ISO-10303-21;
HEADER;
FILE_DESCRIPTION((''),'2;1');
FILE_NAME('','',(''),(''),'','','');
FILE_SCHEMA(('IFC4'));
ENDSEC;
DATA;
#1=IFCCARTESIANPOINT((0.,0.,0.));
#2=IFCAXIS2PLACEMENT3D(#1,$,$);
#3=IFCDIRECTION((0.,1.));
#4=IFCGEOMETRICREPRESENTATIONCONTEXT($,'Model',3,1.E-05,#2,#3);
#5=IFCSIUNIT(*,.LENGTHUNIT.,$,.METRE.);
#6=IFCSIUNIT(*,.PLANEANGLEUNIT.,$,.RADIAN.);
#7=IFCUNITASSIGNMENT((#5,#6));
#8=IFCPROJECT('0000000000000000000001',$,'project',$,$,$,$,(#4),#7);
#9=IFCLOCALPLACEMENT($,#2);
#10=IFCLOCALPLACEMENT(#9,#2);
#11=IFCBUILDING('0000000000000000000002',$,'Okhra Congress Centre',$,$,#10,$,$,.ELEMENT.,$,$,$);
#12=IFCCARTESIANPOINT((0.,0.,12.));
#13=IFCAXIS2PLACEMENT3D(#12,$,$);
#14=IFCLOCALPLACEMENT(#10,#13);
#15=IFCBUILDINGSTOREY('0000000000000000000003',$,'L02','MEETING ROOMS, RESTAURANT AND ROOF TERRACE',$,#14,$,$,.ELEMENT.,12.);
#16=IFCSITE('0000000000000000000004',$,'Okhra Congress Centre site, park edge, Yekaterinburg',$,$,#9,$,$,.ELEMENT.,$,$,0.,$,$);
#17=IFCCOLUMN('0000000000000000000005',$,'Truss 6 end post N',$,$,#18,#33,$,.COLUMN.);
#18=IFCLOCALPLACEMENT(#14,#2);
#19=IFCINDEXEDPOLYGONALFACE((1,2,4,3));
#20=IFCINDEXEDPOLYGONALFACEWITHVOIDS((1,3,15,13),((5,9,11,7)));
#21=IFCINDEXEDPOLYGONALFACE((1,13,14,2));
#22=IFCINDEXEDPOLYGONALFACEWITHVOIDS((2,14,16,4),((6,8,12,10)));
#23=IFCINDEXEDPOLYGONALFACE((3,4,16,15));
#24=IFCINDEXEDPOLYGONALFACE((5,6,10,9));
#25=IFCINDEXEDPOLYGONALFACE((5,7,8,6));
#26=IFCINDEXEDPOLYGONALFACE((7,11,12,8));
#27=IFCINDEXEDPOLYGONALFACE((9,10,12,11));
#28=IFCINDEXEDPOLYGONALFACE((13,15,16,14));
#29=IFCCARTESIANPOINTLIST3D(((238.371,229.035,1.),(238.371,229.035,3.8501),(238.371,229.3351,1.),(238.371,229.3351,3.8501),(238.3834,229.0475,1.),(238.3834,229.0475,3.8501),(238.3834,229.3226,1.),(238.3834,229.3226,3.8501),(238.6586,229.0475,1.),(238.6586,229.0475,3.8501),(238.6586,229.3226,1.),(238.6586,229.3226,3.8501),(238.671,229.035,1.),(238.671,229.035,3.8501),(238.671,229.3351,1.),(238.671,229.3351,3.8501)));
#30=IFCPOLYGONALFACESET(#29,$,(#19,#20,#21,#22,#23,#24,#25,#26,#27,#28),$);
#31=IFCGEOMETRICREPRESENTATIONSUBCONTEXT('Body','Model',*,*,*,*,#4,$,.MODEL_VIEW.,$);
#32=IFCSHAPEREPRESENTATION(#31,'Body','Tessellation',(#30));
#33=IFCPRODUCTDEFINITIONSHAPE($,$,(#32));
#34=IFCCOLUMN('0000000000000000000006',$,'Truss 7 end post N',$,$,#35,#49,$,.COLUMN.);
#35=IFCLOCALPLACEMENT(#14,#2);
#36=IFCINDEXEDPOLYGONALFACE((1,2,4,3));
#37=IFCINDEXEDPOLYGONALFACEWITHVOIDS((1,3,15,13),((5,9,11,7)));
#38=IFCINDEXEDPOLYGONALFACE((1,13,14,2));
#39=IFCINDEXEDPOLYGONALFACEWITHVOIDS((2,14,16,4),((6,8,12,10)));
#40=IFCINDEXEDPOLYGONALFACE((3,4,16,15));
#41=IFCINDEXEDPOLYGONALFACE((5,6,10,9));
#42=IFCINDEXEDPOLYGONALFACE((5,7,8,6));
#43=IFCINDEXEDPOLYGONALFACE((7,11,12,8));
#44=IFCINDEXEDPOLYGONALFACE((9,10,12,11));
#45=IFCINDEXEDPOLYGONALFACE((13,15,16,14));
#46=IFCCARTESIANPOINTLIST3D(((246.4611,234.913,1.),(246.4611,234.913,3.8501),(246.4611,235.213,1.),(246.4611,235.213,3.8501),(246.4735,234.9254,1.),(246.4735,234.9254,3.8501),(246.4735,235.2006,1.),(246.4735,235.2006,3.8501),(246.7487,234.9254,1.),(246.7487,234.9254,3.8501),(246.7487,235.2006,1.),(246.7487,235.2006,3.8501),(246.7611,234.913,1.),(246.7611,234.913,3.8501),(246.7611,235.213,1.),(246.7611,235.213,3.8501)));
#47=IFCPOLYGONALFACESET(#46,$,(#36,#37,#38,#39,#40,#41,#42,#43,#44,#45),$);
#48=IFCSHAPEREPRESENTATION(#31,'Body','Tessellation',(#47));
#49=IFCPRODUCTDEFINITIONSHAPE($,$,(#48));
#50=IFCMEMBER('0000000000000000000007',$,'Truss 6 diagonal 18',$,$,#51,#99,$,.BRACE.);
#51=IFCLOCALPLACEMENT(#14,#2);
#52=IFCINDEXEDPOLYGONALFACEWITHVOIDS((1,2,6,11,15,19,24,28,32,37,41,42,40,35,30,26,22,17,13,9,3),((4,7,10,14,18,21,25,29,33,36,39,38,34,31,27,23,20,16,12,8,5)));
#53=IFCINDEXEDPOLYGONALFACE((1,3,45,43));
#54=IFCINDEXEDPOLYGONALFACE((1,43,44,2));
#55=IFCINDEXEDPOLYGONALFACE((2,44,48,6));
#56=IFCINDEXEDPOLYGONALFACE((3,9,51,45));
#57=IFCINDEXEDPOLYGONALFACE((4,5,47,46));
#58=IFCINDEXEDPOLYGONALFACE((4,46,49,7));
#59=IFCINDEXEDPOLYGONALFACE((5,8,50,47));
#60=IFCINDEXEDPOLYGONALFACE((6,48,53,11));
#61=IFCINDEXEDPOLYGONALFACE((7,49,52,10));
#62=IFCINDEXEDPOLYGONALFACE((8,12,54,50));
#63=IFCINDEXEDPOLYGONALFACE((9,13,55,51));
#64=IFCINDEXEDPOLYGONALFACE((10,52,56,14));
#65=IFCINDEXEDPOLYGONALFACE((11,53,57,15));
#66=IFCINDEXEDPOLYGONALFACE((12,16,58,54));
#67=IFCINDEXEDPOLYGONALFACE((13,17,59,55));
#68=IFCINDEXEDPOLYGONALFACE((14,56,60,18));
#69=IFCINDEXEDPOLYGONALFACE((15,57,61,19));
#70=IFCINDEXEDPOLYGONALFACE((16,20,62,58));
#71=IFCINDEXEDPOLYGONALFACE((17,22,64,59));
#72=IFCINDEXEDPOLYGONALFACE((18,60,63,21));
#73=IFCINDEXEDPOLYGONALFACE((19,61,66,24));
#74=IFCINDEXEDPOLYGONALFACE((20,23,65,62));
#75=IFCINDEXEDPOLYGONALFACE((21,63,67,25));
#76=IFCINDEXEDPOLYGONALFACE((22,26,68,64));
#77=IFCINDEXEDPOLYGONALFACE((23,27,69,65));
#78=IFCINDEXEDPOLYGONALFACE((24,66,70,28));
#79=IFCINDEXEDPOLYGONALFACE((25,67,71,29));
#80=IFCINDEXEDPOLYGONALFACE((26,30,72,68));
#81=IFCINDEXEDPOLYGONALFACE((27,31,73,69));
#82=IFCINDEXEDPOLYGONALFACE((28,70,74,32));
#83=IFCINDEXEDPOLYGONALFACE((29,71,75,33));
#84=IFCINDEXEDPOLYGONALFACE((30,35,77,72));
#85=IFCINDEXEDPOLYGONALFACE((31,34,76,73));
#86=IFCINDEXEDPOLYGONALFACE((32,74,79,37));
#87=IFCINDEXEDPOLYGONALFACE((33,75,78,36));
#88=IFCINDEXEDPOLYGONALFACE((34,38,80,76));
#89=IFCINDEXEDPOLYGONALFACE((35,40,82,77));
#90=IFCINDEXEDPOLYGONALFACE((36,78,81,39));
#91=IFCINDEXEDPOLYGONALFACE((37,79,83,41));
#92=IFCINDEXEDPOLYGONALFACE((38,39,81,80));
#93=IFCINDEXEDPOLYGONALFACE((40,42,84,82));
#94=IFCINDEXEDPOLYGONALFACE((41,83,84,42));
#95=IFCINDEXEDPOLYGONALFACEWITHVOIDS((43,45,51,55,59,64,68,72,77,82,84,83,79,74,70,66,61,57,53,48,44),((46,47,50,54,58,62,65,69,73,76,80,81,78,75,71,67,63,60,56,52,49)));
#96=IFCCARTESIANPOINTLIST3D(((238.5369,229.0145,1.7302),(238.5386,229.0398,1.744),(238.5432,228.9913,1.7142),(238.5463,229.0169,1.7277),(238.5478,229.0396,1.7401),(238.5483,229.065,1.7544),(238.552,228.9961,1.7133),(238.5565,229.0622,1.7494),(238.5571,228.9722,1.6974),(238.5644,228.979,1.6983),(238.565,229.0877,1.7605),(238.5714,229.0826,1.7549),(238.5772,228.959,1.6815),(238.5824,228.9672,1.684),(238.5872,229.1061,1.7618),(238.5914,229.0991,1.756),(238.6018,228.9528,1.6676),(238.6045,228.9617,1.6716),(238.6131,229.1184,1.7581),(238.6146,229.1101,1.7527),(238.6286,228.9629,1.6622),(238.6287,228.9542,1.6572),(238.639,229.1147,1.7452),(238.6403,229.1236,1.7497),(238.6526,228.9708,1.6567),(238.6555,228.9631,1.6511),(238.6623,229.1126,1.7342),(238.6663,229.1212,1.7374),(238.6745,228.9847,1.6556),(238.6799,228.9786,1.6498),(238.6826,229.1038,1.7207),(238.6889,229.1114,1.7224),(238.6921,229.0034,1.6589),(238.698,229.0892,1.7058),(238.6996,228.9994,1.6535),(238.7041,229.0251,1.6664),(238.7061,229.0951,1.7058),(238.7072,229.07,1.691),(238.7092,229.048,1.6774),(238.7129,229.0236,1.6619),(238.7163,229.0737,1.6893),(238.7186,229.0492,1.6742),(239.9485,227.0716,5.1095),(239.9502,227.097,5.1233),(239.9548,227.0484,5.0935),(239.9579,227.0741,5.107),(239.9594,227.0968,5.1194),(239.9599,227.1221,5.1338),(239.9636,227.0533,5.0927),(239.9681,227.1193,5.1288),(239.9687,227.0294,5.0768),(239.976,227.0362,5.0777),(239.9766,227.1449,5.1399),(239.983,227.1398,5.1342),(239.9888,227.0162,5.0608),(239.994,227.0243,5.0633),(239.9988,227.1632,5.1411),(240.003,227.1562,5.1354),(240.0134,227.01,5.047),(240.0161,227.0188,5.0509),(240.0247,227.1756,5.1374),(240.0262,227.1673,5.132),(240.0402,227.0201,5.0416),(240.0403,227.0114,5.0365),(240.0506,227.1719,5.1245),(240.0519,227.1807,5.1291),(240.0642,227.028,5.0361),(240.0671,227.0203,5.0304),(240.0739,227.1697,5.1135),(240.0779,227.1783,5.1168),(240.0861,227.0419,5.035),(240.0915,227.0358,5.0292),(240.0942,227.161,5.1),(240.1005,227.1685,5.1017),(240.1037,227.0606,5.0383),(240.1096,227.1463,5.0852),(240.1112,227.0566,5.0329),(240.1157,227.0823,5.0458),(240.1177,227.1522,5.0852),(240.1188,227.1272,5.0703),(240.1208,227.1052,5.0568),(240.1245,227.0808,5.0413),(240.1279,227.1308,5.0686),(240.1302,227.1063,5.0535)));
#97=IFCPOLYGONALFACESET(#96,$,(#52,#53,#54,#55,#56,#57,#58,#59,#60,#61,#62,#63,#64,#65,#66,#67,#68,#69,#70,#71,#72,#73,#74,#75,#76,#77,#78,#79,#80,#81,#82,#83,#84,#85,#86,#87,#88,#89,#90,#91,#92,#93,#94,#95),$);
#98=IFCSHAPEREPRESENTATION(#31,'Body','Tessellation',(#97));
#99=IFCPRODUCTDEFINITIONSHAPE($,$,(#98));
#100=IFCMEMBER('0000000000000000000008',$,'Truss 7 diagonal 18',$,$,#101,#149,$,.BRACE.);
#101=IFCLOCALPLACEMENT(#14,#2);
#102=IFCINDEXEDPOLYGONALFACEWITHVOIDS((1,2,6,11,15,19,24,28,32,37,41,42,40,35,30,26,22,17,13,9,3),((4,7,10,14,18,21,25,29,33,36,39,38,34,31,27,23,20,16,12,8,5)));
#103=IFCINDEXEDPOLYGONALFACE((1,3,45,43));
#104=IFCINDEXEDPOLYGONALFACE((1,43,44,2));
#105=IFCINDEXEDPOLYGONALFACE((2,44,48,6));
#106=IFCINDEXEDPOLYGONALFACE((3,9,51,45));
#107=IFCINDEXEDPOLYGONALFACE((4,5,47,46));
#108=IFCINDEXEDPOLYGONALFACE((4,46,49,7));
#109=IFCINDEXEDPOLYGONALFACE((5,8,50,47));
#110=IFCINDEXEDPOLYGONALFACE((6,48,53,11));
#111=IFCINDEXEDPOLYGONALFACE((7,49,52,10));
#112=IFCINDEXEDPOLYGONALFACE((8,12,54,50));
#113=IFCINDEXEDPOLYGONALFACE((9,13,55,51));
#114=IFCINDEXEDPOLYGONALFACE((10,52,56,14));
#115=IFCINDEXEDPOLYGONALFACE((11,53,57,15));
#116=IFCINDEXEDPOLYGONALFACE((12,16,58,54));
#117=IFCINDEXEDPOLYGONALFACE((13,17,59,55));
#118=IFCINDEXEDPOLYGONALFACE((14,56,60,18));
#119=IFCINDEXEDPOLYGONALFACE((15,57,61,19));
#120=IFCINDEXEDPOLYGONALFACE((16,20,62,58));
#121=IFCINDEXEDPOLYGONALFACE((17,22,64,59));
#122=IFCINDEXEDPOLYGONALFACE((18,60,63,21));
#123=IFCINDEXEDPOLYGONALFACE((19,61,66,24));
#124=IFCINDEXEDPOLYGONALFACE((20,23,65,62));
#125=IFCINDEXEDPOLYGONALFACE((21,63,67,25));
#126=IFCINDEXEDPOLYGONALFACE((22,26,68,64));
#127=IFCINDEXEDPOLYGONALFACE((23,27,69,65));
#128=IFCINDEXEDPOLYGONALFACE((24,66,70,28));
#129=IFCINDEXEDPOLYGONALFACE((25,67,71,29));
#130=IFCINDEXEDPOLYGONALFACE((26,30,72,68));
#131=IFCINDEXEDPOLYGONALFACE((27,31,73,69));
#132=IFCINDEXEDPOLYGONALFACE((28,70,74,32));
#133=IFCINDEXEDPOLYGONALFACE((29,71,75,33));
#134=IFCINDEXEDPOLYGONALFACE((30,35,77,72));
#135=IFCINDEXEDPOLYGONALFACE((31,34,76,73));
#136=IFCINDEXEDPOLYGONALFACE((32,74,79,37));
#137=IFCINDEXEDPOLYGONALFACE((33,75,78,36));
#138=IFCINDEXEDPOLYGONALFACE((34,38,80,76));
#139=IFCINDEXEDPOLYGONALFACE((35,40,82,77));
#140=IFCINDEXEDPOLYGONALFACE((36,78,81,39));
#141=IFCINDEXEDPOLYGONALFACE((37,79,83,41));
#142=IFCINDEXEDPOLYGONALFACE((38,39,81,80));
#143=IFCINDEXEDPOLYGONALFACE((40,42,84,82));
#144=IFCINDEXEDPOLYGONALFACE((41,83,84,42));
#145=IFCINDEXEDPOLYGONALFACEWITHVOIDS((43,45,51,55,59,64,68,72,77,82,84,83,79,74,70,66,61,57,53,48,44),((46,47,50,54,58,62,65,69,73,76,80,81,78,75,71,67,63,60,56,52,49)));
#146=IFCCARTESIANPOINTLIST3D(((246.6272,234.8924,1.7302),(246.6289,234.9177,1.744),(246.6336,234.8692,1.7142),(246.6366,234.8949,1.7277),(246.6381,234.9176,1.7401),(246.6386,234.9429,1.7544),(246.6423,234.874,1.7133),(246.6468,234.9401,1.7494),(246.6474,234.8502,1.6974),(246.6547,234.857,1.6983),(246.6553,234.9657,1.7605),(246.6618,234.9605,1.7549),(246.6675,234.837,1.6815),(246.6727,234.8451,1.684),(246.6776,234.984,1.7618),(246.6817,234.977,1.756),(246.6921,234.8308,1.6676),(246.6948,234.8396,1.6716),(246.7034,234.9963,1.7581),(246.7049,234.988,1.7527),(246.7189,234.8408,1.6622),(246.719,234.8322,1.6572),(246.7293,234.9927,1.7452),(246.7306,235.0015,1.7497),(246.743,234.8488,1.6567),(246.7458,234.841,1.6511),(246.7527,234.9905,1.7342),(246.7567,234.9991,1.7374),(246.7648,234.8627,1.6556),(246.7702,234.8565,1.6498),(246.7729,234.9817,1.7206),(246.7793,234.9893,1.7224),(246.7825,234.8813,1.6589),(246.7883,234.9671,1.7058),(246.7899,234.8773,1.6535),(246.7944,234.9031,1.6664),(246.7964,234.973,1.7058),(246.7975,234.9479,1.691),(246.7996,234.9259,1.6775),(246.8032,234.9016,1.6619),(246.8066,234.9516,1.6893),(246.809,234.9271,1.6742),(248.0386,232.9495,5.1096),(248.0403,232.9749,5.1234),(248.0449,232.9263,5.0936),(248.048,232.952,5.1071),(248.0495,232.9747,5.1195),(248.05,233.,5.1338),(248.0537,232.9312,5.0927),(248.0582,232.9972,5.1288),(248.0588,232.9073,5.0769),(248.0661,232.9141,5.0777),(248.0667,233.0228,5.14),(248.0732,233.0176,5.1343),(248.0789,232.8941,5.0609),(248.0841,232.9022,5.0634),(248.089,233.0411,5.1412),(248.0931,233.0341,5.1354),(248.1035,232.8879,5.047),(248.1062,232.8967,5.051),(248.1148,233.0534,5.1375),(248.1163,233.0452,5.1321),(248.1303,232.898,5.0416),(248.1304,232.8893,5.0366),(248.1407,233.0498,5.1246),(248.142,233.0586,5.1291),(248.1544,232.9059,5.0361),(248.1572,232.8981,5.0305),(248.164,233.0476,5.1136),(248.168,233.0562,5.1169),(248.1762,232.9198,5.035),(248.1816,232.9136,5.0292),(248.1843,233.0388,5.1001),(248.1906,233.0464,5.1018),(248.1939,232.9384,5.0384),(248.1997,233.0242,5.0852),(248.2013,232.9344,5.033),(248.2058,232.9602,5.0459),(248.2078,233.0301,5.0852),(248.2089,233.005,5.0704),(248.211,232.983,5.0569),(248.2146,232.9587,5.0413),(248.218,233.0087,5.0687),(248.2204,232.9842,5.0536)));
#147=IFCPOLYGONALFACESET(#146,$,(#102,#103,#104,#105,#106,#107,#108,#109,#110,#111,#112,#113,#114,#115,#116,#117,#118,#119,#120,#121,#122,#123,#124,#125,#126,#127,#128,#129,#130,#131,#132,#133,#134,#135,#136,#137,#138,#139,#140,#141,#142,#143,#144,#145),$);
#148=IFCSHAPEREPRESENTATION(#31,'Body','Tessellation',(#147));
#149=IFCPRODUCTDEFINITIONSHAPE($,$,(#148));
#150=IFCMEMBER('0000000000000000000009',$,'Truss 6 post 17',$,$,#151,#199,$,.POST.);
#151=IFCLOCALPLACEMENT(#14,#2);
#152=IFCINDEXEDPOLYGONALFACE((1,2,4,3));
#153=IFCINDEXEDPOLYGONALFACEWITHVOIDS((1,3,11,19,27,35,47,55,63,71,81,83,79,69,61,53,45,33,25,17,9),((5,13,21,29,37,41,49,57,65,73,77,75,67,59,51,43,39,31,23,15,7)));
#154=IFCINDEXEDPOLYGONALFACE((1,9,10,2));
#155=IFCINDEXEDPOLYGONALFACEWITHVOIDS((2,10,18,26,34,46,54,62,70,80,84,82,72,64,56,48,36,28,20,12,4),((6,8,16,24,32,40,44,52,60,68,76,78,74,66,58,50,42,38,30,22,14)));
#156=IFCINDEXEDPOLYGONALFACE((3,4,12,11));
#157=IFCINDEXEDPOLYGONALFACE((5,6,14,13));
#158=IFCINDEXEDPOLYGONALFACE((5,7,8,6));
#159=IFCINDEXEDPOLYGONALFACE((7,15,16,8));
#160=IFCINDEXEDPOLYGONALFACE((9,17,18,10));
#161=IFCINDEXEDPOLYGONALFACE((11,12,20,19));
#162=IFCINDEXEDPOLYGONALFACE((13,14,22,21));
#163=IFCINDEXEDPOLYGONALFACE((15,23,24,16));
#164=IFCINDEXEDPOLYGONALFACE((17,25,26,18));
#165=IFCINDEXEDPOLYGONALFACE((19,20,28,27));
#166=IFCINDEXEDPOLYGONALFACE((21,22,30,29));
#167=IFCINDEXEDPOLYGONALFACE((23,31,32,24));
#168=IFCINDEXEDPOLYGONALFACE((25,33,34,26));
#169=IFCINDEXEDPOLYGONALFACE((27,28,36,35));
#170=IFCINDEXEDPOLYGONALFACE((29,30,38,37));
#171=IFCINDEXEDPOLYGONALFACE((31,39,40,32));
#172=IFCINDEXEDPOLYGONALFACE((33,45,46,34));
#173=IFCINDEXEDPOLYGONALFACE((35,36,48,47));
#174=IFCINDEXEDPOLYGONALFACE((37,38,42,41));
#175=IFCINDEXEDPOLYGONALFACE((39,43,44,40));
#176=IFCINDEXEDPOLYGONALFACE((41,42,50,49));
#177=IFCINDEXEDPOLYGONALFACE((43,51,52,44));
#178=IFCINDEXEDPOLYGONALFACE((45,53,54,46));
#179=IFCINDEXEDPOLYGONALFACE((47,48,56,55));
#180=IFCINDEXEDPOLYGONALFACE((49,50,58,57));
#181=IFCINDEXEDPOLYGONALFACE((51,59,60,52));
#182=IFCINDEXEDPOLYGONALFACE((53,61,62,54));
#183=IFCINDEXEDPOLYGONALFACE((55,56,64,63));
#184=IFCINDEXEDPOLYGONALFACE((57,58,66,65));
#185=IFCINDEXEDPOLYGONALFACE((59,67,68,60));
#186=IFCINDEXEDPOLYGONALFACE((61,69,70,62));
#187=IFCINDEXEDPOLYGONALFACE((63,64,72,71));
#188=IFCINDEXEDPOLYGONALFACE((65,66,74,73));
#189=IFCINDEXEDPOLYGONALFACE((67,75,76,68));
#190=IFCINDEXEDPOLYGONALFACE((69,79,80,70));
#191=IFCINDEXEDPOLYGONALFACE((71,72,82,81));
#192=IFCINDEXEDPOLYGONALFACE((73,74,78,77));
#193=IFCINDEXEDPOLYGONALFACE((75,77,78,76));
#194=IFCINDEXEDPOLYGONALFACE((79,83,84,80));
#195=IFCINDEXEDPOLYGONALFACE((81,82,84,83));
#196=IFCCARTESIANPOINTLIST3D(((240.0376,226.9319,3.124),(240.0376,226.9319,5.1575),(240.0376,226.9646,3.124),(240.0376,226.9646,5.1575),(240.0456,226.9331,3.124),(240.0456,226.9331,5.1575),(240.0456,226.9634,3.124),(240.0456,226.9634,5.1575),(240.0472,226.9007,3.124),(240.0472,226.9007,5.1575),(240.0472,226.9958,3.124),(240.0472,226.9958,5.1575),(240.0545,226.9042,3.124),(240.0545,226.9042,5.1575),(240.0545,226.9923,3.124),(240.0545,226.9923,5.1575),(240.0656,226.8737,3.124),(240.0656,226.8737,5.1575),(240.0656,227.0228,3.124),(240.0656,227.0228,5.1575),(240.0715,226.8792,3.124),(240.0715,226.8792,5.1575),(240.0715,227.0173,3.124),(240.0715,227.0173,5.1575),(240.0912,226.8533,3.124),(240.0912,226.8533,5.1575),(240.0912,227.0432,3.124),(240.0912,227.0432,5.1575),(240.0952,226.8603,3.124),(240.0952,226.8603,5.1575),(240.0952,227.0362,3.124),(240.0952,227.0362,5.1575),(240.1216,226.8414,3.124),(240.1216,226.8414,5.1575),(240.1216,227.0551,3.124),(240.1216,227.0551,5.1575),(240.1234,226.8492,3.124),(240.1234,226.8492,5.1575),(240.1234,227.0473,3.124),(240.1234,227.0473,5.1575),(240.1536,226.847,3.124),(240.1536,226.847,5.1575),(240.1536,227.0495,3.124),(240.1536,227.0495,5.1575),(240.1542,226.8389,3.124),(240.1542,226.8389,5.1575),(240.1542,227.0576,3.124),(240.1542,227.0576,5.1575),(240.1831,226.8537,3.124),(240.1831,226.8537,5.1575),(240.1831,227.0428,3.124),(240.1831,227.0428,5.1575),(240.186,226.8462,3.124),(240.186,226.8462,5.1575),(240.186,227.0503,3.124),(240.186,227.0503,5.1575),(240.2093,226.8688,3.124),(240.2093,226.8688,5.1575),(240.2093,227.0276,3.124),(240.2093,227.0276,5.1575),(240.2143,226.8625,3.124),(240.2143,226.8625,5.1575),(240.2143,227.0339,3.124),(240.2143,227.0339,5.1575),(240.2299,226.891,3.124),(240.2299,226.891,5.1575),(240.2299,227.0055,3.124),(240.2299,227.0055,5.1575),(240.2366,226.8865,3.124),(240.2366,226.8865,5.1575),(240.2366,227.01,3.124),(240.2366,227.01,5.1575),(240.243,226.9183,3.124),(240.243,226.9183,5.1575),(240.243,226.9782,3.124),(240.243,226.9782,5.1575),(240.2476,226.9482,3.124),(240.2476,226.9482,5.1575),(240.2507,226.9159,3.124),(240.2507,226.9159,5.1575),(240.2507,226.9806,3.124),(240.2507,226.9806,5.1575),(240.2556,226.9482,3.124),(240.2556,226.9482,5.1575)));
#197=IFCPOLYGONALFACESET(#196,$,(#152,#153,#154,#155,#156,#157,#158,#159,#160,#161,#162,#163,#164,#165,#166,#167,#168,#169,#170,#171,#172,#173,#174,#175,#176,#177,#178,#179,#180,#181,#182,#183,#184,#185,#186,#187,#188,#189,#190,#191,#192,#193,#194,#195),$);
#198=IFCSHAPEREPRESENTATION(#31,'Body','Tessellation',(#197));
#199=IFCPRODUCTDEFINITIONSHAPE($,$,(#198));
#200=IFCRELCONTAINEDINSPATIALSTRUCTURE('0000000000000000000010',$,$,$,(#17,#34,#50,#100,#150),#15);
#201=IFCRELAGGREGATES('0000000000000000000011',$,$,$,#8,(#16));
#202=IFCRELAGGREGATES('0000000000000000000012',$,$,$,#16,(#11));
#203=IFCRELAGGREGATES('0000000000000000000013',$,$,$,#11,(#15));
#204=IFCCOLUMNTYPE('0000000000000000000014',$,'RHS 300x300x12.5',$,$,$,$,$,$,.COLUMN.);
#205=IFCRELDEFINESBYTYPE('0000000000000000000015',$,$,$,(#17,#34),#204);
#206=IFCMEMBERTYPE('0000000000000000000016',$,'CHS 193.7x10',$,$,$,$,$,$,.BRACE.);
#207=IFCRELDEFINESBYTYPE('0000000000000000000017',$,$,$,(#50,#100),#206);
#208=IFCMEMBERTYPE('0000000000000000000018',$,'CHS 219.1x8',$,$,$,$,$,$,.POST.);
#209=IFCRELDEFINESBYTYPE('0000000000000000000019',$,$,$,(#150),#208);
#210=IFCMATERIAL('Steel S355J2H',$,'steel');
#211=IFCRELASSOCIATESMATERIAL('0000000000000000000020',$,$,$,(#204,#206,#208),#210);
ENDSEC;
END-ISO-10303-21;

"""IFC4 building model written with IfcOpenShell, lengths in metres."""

from ifc_helpers import new_model, si_unit, direction, frame, origin, origin_2d, place, context, subcontext, project, spatial, hollow_rectangle, hollow_circle, extrude, material, material_profile, profile_set, type_object, element, save


model = new_model("IFC4")

# Units and contexts
model_context = context("Model", 3, precision=1e-05, world=origin(), true_north=direction((0.0, 1.0)))
body_context = subcontext(model_context, "Body", "Model", "MODEL_VIEW")
ifc_project = project(units=[si_unit("LENGTHUNIT", "METRE"), si_unit("PLANEANGLEUNIT", "RADIAN")], contexts=[model_context])

# Site, building, storey
site_placement = place(None, origin())
site = spatial("IfcSite", under=ifc_project, at=site_placement, Name="Okhra Congress Centre site, park edge, Yekaterinburg", CompositionType="ELEMENT", RefElevation=0.0)
building_placement = place(site_placement, origin())
building = spatial("IfcBuilding", under=site, at=building_placement, Name="Okhra Congress Centre", CompositionType="ELEMENT")
storey_placement = place(building_placement, frame((0.0, 0.0, 12.0)))
storey = spatial("IfcBuildingStorey", under=building, at=storey_placement, Name="L02", Description="MEETING ROOMS, RESTAURANT AND ROOF TERRACE", CompositionType="ELEMENT", Elevation=12.0)

# Columns
ifc_material_1 = material(Name="Steel S355J2H", Category="steel")
ifc_material_profile_1 = material_profile(ifc_material_1, hollow_rectangle(XDim=0.3, YDim=0.3, WallThickness=0.0125, at=origin_2d()), Name="RHS 300x300x12.5")
ifc_profile_set_1 = profile_set([ifc_material_profile_1], Name="Steel S355J2H")
column_type = type_object("IfcColumnType", Name="RHS 300x300x12.5", PredefinedType="COLUMN", material=ifc_profile_set_1)
for number, where, z_axis, x_axis, name in (
    (1, (238.521, 229.1851, 1.0), (0.0, 0.0, 1.0), (1.0, 0.0, 0.0), "Truss 6 end post N"),
    (2, (246.6111, 235.063, 1.0), (0.0, 0.0, 1.0), (1.0, 0.0, 0.0), "Truss 7 end post N"),
):
    element("IfcColumn", number, at=place(storey_placement, frame(where, z_axis=z_axis, x_axis=x_axis)), inside=storey, type_object=column_type, Name=name, PredefinedType="COLUMN", context=body_context, shape_type="SweptSolid", body=[
        extrude(hollow_rectangle(XDim=0.3, YDim=0.3, WallThickness=0.0125, at=origin_2d()), origin(), (0.0, 0.0, 1.0), 2.8501),
    ])

# Members
ifc_material_profile_2 = material_profile(ifc_material_1, hollow_circle(Radius=0.0969, WallThickness=0.01, at=origin_2d()), Name="CHS 193.7x10")
ifc_profile_set_2 = profile_set([ifc_material_profile_2], Name="Steel S355J2H")
member_type_1 = type_object("IfcMemberType", Name="CHS 193.7x10", PredefinedType="BRACE", material=ifc_profile_set_2)
for number, where, z_axis, x_axis, name in (
    (3, (238.6277, 229.0381, 1.7058), (0.340494, -0.468635, 0.815135), (0.809009, 0.587797, 0.0), "Truss 6 diagonal 18"),
    (4, (246.718, 234.916, 1.7058), (0.340441, -0.468644, 0.815152), (0.809057, 0.58773, 0.0), "Truss 7 diagonal 18"),
):
    element("IfcMember", number, at=place(storey_placement, frame(where, z_axis=z_axis, x_axis=x_axis)), inside=storey, type_object=member_type_1, Name=name, PredefinedType="BRACE", context=body_context, shape_type="SweptSolid", body=[
        extrude(hollow_circle(Radius=0.0969, WallThickness=0.01, at=origin_2d()), origin(), (0.0, 0.0, 1.0), 4.1458),
    ])
ifc_material_profile_3 = material_profile(ifc_material_1, hollow_circle(Radius=0.1096, WallThickness=0.0081, at=origin_2d()), Name="CHS 219.1x8")
ifc_profile_set_3 = profile_set([ifc_material_profile_3], Name="Steel S355J2H")
member_type_2 = type_object("IfcMemberType", Name="CHS 219.1x8", PredefinedType="POST", material=ifc_profile_set_3)
member_1_placement = place(storey_placement, frame((240.146, 226.9482, 3.124), z_axis=(0.0, 0.0, 1.0), x_axis=(1.0, 0.0, 0.0)))
element("IfcMember", 5, at=member_1_placement, inside=storey, type_object=member_type_2, Name="Truss 6 post 17", PredefinedType="POST", context=body_context, shape_type="SweptSolid", body=[
    extrude(hollow_circle(Radius=0.1096, WallThickness=0.0081, at=origin_2d()), origin(), (0.0, 0.0, 1.0), 2.0334),
])

save(model, "model.ifc")
